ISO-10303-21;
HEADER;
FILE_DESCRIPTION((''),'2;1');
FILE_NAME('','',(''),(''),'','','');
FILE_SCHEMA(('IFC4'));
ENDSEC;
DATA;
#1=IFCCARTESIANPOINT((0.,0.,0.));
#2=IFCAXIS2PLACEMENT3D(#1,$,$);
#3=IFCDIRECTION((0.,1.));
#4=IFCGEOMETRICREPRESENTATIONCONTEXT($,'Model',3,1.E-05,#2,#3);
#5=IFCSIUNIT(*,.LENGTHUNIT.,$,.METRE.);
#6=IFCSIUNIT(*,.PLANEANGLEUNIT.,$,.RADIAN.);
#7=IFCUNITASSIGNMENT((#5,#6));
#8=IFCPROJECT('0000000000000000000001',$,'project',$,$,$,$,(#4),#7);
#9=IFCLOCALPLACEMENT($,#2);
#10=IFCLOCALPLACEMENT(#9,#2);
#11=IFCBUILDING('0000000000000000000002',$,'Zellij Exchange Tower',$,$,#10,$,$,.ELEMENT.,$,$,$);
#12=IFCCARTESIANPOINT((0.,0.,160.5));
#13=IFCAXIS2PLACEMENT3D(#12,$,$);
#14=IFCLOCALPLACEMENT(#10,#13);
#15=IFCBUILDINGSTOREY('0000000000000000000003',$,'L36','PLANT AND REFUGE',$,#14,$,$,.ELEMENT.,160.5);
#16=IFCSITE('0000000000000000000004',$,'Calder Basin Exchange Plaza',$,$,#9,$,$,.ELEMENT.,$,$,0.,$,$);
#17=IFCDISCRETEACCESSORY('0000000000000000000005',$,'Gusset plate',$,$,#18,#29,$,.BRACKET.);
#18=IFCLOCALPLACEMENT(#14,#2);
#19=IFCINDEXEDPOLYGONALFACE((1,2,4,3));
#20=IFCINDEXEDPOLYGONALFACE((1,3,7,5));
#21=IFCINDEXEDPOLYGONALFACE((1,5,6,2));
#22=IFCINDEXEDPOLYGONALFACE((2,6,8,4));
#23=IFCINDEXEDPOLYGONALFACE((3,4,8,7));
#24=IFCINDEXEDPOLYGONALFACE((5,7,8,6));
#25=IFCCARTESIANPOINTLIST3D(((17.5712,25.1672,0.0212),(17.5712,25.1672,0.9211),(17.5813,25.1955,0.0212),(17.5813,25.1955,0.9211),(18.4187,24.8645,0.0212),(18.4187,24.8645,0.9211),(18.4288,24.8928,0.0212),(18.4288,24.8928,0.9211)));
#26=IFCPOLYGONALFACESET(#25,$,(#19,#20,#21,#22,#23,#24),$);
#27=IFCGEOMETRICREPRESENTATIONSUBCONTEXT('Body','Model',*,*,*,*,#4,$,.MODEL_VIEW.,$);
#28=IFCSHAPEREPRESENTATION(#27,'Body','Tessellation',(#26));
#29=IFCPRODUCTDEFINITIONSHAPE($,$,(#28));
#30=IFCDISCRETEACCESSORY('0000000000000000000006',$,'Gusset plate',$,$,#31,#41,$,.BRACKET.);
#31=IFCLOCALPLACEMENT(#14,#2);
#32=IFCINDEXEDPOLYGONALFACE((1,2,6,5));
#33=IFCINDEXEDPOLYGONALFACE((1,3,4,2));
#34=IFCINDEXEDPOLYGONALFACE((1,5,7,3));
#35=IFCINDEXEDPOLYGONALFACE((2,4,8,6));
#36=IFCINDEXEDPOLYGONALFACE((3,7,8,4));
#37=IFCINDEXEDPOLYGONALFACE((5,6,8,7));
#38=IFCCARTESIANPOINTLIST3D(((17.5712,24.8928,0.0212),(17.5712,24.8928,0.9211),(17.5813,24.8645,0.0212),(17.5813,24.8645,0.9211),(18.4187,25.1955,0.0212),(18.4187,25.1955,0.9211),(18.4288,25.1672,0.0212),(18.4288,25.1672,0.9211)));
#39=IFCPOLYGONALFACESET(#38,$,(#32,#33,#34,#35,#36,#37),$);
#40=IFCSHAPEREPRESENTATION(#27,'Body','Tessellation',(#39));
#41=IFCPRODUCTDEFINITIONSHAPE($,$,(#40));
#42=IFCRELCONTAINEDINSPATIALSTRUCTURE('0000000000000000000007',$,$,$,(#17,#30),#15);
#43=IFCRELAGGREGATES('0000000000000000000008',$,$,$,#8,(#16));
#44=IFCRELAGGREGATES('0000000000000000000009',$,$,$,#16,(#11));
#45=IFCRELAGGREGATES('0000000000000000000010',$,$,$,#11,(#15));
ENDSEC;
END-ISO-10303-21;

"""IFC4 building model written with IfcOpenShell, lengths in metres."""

from ifc_helpers import new_model, si_unit, direction, frame, origin, origin_2d, place, context, subcontext, project, spatial, rectangle, extrude, element, save


model = new_model("IFC4")

# Units and contexts
model_context = context("Model", 3, precision=1e-05, world=origin(), true_north=direction((0.0, 1.0)))
body_context = subcontext(model_context, "Body", "Model", "MODEL_VIEW")
ifc_project = project(units=[si_unit("LENGTHUNIT", "METRE"), si_unit("PLANEANGLEUNIT", "RADIAN")], contexts=[model_context])

# Site, building, storey
site_placement = place(None, origin())
site = spatial("IfcSite", under=ifc_project, at=site_placement, Name="Calder Basin Exchange Plaza", CompositionType="ELEMENT", RefElevation=0.0)
building_placement = place(site_placement, origin())
building = spatial("IfcBuilding", under=site, at=building_placement, Name="Zellij Exchange Tower", CompositionType="ELEMENT")
storey_placement = place(building_placement, frame((0.0, 0.0, 160.5)))
storey = spatial("IfcBuildingStorey", under=building, at=storey_placement, Name="L36", Description="PLANT AND REFUGE", CompositionType="ELEMENT", Elevation=160.5)

# Discrete accessories
for number, where, z_axis, x_axis, name in (
    (1, (18.0, 25.03, 0.0212), (0.0, 0.0, 1.0), (0.941725, -0.336384, 0.0), "Gusset plate"),
    (2, (18.0, 25.03, 0.0212), (0.0, 0.0, 1.0), (0.941725, 0.336384, 0.0), "Gusset plate"),
):
    element("IfcDiscreteAccessory", number, at=place(storey_placement, frame(where, z_axis=z_axis, x_axis=x_axis)), inside=storey, Name=name, PredefinedType="BRACKET", context=body_context, shape_type="SweptSolid", body=[
        extrude(rectangle(XDim=0.8999, YDim=0.03, at=origin_2d()), origin(), (0.0, 0.0, 1.0), 0.8999),
    ])

save(model, "model.ifc")
